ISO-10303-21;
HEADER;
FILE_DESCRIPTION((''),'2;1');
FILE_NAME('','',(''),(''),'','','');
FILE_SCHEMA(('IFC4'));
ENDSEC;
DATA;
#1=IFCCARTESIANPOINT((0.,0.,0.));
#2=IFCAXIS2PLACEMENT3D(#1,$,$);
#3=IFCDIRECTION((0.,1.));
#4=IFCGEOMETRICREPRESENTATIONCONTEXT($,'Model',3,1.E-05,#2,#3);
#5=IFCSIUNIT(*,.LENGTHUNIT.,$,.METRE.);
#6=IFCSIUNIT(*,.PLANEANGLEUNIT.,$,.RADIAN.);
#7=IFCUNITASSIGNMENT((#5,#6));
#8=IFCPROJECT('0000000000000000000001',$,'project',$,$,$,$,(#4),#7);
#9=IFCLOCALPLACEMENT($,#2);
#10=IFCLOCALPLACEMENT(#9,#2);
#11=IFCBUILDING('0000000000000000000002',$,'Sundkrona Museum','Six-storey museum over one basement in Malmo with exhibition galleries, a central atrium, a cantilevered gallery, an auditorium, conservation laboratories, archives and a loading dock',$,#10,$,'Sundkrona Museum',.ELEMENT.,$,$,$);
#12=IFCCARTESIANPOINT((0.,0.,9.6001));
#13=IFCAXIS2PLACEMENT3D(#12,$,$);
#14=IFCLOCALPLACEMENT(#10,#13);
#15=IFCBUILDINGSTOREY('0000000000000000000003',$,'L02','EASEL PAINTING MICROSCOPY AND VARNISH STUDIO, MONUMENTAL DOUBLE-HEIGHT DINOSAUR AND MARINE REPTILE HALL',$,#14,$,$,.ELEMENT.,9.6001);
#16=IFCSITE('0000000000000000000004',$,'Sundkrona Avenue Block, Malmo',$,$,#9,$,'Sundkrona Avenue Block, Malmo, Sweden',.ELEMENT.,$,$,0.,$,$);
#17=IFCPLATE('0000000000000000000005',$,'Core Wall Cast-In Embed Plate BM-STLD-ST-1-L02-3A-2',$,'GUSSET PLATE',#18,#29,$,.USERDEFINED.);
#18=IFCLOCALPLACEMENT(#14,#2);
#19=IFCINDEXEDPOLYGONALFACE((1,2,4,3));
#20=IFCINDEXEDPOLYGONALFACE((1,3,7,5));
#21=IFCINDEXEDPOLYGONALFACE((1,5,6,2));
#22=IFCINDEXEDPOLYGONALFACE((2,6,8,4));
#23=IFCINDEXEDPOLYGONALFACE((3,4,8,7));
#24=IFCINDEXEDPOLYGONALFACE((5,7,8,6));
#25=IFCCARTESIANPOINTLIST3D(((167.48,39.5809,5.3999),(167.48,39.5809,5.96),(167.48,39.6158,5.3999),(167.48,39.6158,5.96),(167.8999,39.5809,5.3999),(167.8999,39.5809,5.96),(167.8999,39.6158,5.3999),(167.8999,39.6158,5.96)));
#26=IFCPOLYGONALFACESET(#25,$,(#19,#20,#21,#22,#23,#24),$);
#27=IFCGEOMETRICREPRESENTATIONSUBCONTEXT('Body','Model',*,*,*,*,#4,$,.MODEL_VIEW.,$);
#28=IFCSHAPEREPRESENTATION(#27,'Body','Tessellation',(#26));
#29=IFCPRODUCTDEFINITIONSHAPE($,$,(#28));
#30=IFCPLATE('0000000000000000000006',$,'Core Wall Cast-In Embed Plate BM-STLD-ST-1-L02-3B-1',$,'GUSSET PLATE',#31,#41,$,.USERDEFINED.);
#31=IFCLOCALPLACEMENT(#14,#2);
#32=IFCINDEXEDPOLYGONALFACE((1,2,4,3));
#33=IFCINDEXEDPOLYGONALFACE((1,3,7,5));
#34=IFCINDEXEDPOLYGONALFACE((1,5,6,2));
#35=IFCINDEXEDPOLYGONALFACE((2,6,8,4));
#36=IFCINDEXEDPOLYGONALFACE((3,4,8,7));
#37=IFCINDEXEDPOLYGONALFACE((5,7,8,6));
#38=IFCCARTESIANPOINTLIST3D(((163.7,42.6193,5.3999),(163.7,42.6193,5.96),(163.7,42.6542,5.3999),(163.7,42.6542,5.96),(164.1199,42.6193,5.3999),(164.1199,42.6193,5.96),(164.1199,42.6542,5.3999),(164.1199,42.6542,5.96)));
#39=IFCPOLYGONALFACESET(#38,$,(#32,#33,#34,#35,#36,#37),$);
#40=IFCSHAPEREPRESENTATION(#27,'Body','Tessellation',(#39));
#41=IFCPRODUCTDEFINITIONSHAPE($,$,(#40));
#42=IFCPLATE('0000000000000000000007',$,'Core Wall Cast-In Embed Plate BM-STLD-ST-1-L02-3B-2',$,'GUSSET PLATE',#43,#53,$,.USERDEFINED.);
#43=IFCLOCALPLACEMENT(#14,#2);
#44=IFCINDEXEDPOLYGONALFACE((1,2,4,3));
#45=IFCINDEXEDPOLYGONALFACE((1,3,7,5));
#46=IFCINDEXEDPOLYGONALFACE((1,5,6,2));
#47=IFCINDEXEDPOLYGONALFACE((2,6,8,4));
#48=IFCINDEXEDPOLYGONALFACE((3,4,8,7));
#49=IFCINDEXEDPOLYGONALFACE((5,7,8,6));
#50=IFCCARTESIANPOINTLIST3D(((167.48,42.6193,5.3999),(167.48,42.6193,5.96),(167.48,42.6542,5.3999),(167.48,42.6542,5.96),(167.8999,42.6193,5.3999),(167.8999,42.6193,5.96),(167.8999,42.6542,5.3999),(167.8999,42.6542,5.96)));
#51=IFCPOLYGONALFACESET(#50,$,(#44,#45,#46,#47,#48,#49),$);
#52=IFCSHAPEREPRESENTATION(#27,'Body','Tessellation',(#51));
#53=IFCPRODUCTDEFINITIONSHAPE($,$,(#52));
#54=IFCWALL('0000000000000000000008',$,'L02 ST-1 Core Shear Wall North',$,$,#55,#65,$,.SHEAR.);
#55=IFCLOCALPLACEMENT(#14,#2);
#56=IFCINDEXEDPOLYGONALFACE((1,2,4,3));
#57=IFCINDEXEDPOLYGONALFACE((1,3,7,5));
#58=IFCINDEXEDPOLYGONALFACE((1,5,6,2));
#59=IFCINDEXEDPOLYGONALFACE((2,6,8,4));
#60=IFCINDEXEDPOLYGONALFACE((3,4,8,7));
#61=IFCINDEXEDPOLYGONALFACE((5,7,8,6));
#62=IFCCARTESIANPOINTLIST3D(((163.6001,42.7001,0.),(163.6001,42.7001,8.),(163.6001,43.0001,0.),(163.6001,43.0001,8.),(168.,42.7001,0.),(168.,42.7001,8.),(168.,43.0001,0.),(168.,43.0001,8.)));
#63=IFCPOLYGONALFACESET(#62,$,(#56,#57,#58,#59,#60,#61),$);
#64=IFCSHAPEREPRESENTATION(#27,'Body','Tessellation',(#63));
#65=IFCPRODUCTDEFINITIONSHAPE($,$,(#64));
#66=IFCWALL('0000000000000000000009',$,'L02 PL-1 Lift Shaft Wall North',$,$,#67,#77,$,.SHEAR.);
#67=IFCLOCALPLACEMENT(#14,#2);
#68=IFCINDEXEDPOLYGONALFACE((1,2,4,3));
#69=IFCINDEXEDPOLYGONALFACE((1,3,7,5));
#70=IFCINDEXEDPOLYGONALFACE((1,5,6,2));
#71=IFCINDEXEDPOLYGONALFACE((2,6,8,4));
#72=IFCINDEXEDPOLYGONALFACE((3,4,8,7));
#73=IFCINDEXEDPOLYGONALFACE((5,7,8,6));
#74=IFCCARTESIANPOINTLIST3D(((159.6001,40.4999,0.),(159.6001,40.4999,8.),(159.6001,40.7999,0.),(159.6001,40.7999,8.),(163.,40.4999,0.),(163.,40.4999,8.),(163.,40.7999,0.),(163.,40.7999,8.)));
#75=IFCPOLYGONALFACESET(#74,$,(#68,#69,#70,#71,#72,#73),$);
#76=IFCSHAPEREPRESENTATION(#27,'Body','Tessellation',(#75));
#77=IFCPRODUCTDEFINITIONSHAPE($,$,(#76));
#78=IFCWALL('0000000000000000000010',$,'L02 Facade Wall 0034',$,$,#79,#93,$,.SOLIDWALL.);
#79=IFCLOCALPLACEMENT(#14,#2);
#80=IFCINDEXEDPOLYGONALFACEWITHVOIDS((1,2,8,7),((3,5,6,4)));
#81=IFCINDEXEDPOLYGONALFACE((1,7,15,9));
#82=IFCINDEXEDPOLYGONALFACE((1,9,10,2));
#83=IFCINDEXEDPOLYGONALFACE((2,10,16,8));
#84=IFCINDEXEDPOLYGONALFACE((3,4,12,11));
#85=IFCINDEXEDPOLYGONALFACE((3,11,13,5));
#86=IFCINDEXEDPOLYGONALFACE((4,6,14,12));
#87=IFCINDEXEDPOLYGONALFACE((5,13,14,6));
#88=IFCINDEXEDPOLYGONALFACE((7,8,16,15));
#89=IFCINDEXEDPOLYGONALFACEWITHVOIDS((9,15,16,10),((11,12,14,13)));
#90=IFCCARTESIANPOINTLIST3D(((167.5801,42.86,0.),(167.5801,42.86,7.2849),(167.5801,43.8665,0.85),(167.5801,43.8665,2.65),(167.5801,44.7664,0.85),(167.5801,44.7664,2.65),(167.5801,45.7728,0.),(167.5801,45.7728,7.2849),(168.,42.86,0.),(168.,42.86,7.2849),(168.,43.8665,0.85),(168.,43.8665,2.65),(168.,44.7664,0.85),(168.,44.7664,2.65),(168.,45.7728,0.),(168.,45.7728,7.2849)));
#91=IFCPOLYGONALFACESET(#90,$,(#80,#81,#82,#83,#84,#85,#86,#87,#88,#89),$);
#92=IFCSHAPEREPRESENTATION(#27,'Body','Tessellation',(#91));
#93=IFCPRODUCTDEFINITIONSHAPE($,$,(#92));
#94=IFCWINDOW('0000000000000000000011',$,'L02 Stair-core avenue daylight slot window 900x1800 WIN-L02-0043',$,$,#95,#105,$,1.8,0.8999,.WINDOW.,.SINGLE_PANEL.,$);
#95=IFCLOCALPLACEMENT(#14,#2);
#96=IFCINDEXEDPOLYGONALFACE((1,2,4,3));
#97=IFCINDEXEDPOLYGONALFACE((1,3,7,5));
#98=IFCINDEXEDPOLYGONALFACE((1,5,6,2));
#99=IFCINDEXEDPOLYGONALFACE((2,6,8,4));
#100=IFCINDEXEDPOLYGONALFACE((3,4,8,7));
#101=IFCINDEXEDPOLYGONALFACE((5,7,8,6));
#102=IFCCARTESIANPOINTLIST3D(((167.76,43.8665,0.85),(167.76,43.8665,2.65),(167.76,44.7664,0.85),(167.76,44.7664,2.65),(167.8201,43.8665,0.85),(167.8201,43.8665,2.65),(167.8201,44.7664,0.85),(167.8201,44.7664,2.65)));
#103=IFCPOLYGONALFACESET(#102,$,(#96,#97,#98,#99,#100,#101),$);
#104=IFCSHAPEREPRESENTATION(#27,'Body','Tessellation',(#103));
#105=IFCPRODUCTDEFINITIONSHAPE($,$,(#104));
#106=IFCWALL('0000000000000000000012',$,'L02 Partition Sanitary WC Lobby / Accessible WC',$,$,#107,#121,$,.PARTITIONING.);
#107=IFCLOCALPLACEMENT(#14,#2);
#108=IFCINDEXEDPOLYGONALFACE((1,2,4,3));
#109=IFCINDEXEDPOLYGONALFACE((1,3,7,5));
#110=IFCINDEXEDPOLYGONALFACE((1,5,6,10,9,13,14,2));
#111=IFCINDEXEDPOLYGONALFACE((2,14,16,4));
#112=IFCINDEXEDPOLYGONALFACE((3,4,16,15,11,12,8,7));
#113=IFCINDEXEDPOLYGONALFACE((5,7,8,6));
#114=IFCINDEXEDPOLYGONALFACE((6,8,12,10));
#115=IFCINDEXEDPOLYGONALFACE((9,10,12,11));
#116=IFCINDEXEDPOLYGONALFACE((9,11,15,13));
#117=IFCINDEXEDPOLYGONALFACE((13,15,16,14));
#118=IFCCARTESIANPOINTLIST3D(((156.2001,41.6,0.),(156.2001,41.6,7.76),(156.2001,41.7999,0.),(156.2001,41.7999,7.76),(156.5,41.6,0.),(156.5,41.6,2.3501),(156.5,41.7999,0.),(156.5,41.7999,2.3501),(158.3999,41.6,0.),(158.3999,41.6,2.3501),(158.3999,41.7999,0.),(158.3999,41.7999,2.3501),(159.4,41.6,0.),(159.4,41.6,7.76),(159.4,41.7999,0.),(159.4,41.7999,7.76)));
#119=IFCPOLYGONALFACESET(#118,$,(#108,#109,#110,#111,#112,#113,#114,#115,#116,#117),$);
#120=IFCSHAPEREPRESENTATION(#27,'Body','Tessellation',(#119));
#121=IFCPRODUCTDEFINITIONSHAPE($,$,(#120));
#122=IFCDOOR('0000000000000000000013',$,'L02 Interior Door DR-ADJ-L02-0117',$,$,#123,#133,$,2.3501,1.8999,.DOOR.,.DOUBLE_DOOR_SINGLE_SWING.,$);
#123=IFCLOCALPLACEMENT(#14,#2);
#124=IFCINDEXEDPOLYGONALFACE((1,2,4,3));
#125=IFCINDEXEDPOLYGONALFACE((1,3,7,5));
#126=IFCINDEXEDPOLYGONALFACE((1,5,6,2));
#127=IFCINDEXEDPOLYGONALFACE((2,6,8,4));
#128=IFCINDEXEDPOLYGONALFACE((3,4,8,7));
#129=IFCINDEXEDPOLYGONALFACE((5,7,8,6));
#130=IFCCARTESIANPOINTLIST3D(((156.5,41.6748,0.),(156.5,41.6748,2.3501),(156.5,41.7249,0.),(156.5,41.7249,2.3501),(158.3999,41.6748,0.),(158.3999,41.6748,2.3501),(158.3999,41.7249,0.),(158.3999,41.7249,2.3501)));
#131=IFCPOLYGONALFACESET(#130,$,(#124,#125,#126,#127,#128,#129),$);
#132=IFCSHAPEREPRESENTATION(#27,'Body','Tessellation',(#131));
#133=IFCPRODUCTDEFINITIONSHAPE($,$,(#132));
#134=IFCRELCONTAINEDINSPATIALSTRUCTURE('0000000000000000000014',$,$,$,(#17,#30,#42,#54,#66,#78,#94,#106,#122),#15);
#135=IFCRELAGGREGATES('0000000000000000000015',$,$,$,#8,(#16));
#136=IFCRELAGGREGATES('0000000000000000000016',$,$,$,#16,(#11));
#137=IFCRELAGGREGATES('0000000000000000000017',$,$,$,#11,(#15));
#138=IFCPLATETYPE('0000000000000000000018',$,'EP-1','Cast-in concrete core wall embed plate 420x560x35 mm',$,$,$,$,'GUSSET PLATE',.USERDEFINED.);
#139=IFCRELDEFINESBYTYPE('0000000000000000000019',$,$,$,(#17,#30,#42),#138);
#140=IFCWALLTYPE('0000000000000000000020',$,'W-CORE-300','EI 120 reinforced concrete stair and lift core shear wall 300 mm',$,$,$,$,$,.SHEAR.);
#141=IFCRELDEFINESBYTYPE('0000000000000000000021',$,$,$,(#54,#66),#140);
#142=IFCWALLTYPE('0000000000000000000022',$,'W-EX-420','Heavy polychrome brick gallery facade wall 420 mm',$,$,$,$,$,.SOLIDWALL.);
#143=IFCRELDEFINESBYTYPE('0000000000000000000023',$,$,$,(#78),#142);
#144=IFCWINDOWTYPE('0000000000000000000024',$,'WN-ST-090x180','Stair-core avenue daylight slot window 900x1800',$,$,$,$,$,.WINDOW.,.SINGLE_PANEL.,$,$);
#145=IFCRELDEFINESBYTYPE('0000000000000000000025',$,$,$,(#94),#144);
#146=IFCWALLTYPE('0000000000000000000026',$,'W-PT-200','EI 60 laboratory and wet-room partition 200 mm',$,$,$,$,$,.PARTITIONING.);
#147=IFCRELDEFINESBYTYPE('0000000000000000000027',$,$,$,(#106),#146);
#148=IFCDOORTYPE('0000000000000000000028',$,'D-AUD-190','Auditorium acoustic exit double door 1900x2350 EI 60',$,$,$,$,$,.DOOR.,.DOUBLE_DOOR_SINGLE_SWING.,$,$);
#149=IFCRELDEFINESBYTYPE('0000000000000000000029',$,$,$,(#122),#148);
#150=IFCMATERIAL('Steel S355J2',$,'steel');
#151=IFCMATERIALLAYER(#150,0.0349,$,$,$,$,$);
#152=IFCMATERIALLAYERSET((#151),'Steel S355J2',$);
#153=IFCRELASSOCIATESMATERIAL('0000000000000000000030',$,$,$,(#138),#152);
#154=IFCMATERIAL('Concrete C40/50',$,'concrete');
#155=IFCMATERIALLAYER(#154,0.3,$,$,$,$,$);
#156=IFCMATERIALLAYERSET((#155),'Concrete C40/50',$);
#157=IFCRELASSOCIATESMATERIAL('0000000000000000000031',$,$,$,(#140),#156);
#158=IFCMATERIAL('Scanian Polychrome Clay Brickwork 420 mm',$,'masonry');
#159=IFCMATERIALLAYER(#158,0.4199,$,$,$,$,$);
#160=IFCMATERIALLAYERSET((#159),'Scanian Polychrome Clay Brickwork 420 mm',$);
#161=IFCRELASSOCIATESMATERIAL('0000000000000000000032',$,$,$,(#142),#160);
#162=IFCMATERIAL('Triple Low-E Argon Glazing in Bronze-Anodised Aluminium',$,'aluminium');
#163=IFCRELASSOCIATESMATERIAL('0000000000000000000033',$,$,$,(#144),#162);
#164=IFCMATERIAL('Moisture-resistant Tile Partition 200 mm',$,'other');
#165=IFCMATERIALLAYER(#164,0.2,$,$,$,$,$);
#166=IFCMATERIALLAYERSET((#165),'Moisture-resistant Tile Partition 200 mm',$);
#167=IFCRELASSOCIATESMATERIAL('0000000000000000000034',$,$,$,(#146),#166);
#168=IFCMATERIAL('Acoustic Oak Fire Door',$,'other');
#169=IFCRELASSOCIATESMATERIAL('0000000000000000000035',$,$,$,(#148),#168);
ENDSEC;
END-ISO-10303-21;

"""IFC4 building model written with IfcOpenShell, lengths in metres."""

from ifc_helpers import new_model, si_unit, direction, frame, frame_2d, origin, origin_2d, place, context, subcontext, project, spatial, rectangle, extrude, material, layer, layer_set, type_object, element, fill, save


model = new_model("IFC4")

# Units and contexts
model_context = context("Model", 3, precision=1e-05, world=origin(), true_north=direction((0.0, 1.0)))
body_context = subcontext(model_context, "Body", "Model", "MODEL_VIEW")
ifc_project = project(units=[si_unit("LENGTHUNIT", "METRE"), si_unit("PLANEANGLEUNIT", "RADIAN")], contexts=[model_context])

# Site, building, storey
site_placement = place(None, origin())
site = spatial("IfcSite", under=ifc_project, at=site_placement, Name="Sundkrona Avenue Block, Malmo", LongName="Sundkrona Avenue Block, Malmo, Sweden", CompositionType="ELEMENT", RefElevation=0.0)
building_placement = place(site_placement, origin())
building = spatial("IfcBuilding", under=site, at=building_placement, Name="Sundkrona Museum", Description="Six-storey museum over one basement in Malmo with exhibition galleries, a central atrium, a cantilevered gallery, an auditorium, conservation laboratories, archives and a loading dock", LongName="Sundkrona Museum", CompositionType="ELEMENT")
storey_placement = place(building_placement, frame((0.0, 0.0, 9.6001)))
storey = spatial("IfcBuildingStorey", under=building, at=storey_placement, Name="L02", Description="EASEL PAINTING MICROSCOPY AND VARNISH STUDIO, MONUMENTAL DOUBLE-HEIGHT DINOSAUR AND MARINE REPTILE HALL", CompositionType="ELEMENT", Elevation=9.6001)

# Shared definitions
ifc_material_1 = material(Name="Steel S355J2", Category="steel")

# Plates
ifc_layer_1 = layer(ifc_material_1, 0.0349)
ifc_layer_set_1 = layer_set([ifc_layer_1], Name="Steel S355J2")
plate_type = type_object("IfcPlateType", Name="EP-1", Description="Cast-in concrete core wall embed plate 420x560x35 mm", ElementType="GUSSET PLATE", PredefinedType="USERDEFINED", material=ifc_layer_set_1)
for number, where, z_axis, x_axis, name in (
    (1, (167.6899, 39.5984, 5.3999), (0.0, 0.0, 1.0), (1.0, 0.0, 0.0), "Core Wall Cast-In Embed Plate BM-STLD-ST-1-L02-3A-2"),
    (2, (163.9099, 42.6367, 5.3999), (0.0, 0.0, 1.0), (1.0, 0.0, 0.0), "Core Wall Cast-In Embed Plate BM-STLD-ST-1-L02-3B-1"),
    (3, (167.6899, 42.6367, 5.3999), (0.0, 0.0, 1.0), (1.0, 0.0, 0.0), "Core Wall Cast-In Embed Plate BM-STLD-ST-1-L02-3B-2"),
):
    element("IfcPlate", number, at=place(storey_placement, frame(where, z_axis=z_axis, x_axis=x_axis)), inside=storey, type_object=plate_type, Name=name, ObjectType="GUSSET PLATE", PredefinedType="USERDEFINED", context=body_context, shape_type="SweptSolid", body=[
        extrude(rectangle(XDim=0.4199, YDim=0.0349, at=origin_2d()), origin(), (0.0, 0.0, 1.0), 0.5601),
    ])

# Walls
ifc_material_2 = material(Name="Concrete C40/50", Category="concrete")
ifc_layer_2 = layer(ifc_material_2, 0.3)
ifc_layer_set_2 = layer_set([ifc_layer_2], Name="Concrete C40/50")
wall_type_1 = type_object("IfcWallType", Name="W-CORE-300", Description="EI 120 reinforced concrete stair and lift core shear wall 300 mm", PredefinedType="SHEAR", material=ifc_layer_set_2)
wall_1_placement = place(storey_placement, frame((163.6001, 42.8501, 0.0), z_axis=(0.0, 0.0, 1.0), x_axis=(1.0, 0.0, 0.0)))
element("IfcWall", 4, at=wall_1_placement, inside=storey, type_object=wall_type_1, Name="L02 ST-1 Core Shear Wall North", PredefinedType="SHEAR", context=body_context, shape_type="SweptSolid", body=[
    extrude(rectangle(XDim=4.3999, YDim=0.3, at=frame_2d((2.2, 0.0))), origin(), (0.0, 0.0, 1.0), 8.0),
])
wall_2_placement = place(storey_placement, frame((159.6001, 40.6499, 0.0), z_axis=(0.0, 0.0, 1.0), x_axis=(1.0, 0.0, 0.0)))
element("IfcWall", 5, at=wall_2_placement, inside=storey, type_object=wall_type_1, Name="L02 PL-1 Lift Shaft Wall North", PredefinedType="SHEAR", context=body_context, shape_type="SweptSolid", body=[
    extrude(rectangle(XDim=3.3999, YDim=0.3, at=frame_2d((1.7, 0.0))), origin(), (0.0, 0.0, 1.0), 8.0),
])

# Wall, opening, window
ifc_material_3 = material(Name="Scanian Polychrome Clay Brickwork 420 mm", Category="masonry")
ifc_layer_3 = layer(ifc_material_3, 0.4199)
ifc_layer_set_3 = layer_set([ifc_layer_3], Name="Scanian Polychrome Clay Brickwork 420 mm")
wall_type_2 = type_object("IfcWallType", Name="W-EX-420", Description="Heavy polychrome brick gallery facade wall 420 mm", PredefinedType="SOLIDWALL", material=ifc_layer_set_3)
wall_3_placement = place(storey_placement, frame((167.79, 45.7729, 0.0), z_axis=(0.0, 0.0, 1.0), x_axis=(0.0, -1.0, 0.0)))
wall_3 = element("IfcWall", 6, at=wall_3_placement, inside=storey, type_object=wall_type_2, Name="L02 Facade Wall 0034", PredefinedType="SOLIDWALL", context=body_context, shape_type="SweptSolid", body=[
    extrude(rectangle(XDim=2.9128, YDim=0.4199, at=frame_2d((1.4565, 0.0))), origin(), (0.0, 0.0, 1.0), 7.2849),
])
opening_1_placement = place(wall_3_placement, frame((1.0066, 0.0, 0.8501)))
opening_1 = element("IfcOpeningElement", 7, at=opening_1_placement, cuts=wall_3, PredefinedType="OPENING", context=body_context, shape_type="SweptSolid", body=[
    extrude(rectangle(XDim=0.8999, YDim=1.8, at=frame_2d((0.45, 0.8999))), frame((0.0, 0.22, 0.0), z_axis=(0.0, -1.0, 0.0), x_axis=(1.0, 0.0, 0.0)), (0.0, 0.0, 1.0), 0.4399),
])
ifc_material_4 = material(Name="Triple Low-E Argon Glazing in Bronze-Anodised Aluminium", Category="aluminium")
window_type = type_object("IfcWindowType", Name="WN-ST-090x180", Description="Stair-core avenue daylight slot window 900x1800", PartitioningType="SINGLE_PANEL", PredefinedType="WINDOW", material=ifc_material_4)
window_placement = place(opening_1_placement, origin())
window = element("IfcWindow", 8, at=window_placement, inside=storey, type_object=window_type, Name="L02 Stair-core avenue daylight slot window 900x1800 WIN-L02-0043", OverallHeight=1.8, OverallWidth=0.8999, PartitioningType="SINGLE_PANEL", PredefinedType="WINDOW", context=body_context, shape_type="SweptSolid", body=[
    extrude(rectangle(XDim=0.8999, YDim=1.8, at=frame_2d((0.45, 0.8999))), frame((0.0, 0.03, 0.0), z_axis=(0.0, -1.0, 0.0), x_axis=(1.0, 0.0, 0.0)), (0.0, 0.0, 1.0), 0.0601),
])
fill(opening_1, window)

# Wall, opening, door
ifc_material_5 = material(Name="Moisture-resistant Tile Partition 200 mm", Category="other")
ifc_layer_4 = layer(ifc_material_5, 0.2)
ifc_layer_set_4 = layer_set([ifc_layer_4], Name="Moisture-resistant Tile Partition 200 mm")
wall_type_3 = type_object("IfcWallType", Name="W-PT-200", Description="EI 60 laboratory and wet-room partition 200 mm", PredefinedType="PARTITIONING", material=ifc_layer_set_4)
wall_4_placement = place(storey_placement, frame((156.2, 41.7, 0.0), z_axis=(0.0, 0.0, 1.0), x_axis=(1.0, 0.0, 0.0)))
wall_4 = element("IfcWall", 9, at=wall_4_placement, inside=storey, type_object=wall_type_3, Name="L02 Partition Sanitary WC Lobby / Accessible WC", PredefinedType="PARTITIONING", context=body_context, shape_type="SweptSolid", body=[
    extrude(rectangle(XDim=3.2, YDim=0.2, at=frame_2d((1.6001, 0.0))), origin(), (0.0, 0.0, 1.0), 7.76),
])
opening_2_placement = place(wall_4_placement, frame((0.3, 0.0, 0.0)))
opening_2 = element("IfcOpeningElement", 10, at=opening_2_placement, cuts=wall_4, PredefinedType="OPENING", context=body_context, shape_type="SweptSolid", body=[
    extrude(rectangle(XDim=1.8999, YDim=2.3501, at=frame_2d((0.95, 1.175))), frame((0.0, 0.1099, 0.0), z_axis=(0.0, -1.0, 0.0), x_axis=(1.0, 0.0, 0.0)), (0.0, 0.0, 1.0), 0.22),
])
ifc_material_6 = material(Name="Acoustic Oak Fire Door", Category="other")
door_type = type_object("IfcDoorType", Name="D-AUD-190", Description="Auditorium acoustic exit double door 1900x2350 EI 60", OperationType="DOUBLE_DOOR_SINGLE_SWING", PredefinedType="DOOR", material=ifc_material_6)
door_placement = place(opening_2_placement, origin())
door = element("IfcDoor", 11, at=door_placement, inside=storey, type_object=door_type, Name="L02 Interior Door DR-ADJ-L02-0117", OperationType="DOUBLE_DOOR_SINGLE_SWING", OverallHeight=2.3501, OverallWidth=1.8999, PredefinedType="DOOR", context=body_context, shape_type="SweptSolid", body=[
    extrude(rectangle(XDim=1.8999, YDim=2.3501, at=frame_2d((0.95, 1.175))), frame((0.0, 0.0249, 0.0), z_axis=(0.0, -1.0, 0.0), x_axis=(1.0, 0.0, 0.0)), (0.0, 0.0, 1.0), 0.05),
])
fill(opening_2, door)

save(model, "model.ifc")
